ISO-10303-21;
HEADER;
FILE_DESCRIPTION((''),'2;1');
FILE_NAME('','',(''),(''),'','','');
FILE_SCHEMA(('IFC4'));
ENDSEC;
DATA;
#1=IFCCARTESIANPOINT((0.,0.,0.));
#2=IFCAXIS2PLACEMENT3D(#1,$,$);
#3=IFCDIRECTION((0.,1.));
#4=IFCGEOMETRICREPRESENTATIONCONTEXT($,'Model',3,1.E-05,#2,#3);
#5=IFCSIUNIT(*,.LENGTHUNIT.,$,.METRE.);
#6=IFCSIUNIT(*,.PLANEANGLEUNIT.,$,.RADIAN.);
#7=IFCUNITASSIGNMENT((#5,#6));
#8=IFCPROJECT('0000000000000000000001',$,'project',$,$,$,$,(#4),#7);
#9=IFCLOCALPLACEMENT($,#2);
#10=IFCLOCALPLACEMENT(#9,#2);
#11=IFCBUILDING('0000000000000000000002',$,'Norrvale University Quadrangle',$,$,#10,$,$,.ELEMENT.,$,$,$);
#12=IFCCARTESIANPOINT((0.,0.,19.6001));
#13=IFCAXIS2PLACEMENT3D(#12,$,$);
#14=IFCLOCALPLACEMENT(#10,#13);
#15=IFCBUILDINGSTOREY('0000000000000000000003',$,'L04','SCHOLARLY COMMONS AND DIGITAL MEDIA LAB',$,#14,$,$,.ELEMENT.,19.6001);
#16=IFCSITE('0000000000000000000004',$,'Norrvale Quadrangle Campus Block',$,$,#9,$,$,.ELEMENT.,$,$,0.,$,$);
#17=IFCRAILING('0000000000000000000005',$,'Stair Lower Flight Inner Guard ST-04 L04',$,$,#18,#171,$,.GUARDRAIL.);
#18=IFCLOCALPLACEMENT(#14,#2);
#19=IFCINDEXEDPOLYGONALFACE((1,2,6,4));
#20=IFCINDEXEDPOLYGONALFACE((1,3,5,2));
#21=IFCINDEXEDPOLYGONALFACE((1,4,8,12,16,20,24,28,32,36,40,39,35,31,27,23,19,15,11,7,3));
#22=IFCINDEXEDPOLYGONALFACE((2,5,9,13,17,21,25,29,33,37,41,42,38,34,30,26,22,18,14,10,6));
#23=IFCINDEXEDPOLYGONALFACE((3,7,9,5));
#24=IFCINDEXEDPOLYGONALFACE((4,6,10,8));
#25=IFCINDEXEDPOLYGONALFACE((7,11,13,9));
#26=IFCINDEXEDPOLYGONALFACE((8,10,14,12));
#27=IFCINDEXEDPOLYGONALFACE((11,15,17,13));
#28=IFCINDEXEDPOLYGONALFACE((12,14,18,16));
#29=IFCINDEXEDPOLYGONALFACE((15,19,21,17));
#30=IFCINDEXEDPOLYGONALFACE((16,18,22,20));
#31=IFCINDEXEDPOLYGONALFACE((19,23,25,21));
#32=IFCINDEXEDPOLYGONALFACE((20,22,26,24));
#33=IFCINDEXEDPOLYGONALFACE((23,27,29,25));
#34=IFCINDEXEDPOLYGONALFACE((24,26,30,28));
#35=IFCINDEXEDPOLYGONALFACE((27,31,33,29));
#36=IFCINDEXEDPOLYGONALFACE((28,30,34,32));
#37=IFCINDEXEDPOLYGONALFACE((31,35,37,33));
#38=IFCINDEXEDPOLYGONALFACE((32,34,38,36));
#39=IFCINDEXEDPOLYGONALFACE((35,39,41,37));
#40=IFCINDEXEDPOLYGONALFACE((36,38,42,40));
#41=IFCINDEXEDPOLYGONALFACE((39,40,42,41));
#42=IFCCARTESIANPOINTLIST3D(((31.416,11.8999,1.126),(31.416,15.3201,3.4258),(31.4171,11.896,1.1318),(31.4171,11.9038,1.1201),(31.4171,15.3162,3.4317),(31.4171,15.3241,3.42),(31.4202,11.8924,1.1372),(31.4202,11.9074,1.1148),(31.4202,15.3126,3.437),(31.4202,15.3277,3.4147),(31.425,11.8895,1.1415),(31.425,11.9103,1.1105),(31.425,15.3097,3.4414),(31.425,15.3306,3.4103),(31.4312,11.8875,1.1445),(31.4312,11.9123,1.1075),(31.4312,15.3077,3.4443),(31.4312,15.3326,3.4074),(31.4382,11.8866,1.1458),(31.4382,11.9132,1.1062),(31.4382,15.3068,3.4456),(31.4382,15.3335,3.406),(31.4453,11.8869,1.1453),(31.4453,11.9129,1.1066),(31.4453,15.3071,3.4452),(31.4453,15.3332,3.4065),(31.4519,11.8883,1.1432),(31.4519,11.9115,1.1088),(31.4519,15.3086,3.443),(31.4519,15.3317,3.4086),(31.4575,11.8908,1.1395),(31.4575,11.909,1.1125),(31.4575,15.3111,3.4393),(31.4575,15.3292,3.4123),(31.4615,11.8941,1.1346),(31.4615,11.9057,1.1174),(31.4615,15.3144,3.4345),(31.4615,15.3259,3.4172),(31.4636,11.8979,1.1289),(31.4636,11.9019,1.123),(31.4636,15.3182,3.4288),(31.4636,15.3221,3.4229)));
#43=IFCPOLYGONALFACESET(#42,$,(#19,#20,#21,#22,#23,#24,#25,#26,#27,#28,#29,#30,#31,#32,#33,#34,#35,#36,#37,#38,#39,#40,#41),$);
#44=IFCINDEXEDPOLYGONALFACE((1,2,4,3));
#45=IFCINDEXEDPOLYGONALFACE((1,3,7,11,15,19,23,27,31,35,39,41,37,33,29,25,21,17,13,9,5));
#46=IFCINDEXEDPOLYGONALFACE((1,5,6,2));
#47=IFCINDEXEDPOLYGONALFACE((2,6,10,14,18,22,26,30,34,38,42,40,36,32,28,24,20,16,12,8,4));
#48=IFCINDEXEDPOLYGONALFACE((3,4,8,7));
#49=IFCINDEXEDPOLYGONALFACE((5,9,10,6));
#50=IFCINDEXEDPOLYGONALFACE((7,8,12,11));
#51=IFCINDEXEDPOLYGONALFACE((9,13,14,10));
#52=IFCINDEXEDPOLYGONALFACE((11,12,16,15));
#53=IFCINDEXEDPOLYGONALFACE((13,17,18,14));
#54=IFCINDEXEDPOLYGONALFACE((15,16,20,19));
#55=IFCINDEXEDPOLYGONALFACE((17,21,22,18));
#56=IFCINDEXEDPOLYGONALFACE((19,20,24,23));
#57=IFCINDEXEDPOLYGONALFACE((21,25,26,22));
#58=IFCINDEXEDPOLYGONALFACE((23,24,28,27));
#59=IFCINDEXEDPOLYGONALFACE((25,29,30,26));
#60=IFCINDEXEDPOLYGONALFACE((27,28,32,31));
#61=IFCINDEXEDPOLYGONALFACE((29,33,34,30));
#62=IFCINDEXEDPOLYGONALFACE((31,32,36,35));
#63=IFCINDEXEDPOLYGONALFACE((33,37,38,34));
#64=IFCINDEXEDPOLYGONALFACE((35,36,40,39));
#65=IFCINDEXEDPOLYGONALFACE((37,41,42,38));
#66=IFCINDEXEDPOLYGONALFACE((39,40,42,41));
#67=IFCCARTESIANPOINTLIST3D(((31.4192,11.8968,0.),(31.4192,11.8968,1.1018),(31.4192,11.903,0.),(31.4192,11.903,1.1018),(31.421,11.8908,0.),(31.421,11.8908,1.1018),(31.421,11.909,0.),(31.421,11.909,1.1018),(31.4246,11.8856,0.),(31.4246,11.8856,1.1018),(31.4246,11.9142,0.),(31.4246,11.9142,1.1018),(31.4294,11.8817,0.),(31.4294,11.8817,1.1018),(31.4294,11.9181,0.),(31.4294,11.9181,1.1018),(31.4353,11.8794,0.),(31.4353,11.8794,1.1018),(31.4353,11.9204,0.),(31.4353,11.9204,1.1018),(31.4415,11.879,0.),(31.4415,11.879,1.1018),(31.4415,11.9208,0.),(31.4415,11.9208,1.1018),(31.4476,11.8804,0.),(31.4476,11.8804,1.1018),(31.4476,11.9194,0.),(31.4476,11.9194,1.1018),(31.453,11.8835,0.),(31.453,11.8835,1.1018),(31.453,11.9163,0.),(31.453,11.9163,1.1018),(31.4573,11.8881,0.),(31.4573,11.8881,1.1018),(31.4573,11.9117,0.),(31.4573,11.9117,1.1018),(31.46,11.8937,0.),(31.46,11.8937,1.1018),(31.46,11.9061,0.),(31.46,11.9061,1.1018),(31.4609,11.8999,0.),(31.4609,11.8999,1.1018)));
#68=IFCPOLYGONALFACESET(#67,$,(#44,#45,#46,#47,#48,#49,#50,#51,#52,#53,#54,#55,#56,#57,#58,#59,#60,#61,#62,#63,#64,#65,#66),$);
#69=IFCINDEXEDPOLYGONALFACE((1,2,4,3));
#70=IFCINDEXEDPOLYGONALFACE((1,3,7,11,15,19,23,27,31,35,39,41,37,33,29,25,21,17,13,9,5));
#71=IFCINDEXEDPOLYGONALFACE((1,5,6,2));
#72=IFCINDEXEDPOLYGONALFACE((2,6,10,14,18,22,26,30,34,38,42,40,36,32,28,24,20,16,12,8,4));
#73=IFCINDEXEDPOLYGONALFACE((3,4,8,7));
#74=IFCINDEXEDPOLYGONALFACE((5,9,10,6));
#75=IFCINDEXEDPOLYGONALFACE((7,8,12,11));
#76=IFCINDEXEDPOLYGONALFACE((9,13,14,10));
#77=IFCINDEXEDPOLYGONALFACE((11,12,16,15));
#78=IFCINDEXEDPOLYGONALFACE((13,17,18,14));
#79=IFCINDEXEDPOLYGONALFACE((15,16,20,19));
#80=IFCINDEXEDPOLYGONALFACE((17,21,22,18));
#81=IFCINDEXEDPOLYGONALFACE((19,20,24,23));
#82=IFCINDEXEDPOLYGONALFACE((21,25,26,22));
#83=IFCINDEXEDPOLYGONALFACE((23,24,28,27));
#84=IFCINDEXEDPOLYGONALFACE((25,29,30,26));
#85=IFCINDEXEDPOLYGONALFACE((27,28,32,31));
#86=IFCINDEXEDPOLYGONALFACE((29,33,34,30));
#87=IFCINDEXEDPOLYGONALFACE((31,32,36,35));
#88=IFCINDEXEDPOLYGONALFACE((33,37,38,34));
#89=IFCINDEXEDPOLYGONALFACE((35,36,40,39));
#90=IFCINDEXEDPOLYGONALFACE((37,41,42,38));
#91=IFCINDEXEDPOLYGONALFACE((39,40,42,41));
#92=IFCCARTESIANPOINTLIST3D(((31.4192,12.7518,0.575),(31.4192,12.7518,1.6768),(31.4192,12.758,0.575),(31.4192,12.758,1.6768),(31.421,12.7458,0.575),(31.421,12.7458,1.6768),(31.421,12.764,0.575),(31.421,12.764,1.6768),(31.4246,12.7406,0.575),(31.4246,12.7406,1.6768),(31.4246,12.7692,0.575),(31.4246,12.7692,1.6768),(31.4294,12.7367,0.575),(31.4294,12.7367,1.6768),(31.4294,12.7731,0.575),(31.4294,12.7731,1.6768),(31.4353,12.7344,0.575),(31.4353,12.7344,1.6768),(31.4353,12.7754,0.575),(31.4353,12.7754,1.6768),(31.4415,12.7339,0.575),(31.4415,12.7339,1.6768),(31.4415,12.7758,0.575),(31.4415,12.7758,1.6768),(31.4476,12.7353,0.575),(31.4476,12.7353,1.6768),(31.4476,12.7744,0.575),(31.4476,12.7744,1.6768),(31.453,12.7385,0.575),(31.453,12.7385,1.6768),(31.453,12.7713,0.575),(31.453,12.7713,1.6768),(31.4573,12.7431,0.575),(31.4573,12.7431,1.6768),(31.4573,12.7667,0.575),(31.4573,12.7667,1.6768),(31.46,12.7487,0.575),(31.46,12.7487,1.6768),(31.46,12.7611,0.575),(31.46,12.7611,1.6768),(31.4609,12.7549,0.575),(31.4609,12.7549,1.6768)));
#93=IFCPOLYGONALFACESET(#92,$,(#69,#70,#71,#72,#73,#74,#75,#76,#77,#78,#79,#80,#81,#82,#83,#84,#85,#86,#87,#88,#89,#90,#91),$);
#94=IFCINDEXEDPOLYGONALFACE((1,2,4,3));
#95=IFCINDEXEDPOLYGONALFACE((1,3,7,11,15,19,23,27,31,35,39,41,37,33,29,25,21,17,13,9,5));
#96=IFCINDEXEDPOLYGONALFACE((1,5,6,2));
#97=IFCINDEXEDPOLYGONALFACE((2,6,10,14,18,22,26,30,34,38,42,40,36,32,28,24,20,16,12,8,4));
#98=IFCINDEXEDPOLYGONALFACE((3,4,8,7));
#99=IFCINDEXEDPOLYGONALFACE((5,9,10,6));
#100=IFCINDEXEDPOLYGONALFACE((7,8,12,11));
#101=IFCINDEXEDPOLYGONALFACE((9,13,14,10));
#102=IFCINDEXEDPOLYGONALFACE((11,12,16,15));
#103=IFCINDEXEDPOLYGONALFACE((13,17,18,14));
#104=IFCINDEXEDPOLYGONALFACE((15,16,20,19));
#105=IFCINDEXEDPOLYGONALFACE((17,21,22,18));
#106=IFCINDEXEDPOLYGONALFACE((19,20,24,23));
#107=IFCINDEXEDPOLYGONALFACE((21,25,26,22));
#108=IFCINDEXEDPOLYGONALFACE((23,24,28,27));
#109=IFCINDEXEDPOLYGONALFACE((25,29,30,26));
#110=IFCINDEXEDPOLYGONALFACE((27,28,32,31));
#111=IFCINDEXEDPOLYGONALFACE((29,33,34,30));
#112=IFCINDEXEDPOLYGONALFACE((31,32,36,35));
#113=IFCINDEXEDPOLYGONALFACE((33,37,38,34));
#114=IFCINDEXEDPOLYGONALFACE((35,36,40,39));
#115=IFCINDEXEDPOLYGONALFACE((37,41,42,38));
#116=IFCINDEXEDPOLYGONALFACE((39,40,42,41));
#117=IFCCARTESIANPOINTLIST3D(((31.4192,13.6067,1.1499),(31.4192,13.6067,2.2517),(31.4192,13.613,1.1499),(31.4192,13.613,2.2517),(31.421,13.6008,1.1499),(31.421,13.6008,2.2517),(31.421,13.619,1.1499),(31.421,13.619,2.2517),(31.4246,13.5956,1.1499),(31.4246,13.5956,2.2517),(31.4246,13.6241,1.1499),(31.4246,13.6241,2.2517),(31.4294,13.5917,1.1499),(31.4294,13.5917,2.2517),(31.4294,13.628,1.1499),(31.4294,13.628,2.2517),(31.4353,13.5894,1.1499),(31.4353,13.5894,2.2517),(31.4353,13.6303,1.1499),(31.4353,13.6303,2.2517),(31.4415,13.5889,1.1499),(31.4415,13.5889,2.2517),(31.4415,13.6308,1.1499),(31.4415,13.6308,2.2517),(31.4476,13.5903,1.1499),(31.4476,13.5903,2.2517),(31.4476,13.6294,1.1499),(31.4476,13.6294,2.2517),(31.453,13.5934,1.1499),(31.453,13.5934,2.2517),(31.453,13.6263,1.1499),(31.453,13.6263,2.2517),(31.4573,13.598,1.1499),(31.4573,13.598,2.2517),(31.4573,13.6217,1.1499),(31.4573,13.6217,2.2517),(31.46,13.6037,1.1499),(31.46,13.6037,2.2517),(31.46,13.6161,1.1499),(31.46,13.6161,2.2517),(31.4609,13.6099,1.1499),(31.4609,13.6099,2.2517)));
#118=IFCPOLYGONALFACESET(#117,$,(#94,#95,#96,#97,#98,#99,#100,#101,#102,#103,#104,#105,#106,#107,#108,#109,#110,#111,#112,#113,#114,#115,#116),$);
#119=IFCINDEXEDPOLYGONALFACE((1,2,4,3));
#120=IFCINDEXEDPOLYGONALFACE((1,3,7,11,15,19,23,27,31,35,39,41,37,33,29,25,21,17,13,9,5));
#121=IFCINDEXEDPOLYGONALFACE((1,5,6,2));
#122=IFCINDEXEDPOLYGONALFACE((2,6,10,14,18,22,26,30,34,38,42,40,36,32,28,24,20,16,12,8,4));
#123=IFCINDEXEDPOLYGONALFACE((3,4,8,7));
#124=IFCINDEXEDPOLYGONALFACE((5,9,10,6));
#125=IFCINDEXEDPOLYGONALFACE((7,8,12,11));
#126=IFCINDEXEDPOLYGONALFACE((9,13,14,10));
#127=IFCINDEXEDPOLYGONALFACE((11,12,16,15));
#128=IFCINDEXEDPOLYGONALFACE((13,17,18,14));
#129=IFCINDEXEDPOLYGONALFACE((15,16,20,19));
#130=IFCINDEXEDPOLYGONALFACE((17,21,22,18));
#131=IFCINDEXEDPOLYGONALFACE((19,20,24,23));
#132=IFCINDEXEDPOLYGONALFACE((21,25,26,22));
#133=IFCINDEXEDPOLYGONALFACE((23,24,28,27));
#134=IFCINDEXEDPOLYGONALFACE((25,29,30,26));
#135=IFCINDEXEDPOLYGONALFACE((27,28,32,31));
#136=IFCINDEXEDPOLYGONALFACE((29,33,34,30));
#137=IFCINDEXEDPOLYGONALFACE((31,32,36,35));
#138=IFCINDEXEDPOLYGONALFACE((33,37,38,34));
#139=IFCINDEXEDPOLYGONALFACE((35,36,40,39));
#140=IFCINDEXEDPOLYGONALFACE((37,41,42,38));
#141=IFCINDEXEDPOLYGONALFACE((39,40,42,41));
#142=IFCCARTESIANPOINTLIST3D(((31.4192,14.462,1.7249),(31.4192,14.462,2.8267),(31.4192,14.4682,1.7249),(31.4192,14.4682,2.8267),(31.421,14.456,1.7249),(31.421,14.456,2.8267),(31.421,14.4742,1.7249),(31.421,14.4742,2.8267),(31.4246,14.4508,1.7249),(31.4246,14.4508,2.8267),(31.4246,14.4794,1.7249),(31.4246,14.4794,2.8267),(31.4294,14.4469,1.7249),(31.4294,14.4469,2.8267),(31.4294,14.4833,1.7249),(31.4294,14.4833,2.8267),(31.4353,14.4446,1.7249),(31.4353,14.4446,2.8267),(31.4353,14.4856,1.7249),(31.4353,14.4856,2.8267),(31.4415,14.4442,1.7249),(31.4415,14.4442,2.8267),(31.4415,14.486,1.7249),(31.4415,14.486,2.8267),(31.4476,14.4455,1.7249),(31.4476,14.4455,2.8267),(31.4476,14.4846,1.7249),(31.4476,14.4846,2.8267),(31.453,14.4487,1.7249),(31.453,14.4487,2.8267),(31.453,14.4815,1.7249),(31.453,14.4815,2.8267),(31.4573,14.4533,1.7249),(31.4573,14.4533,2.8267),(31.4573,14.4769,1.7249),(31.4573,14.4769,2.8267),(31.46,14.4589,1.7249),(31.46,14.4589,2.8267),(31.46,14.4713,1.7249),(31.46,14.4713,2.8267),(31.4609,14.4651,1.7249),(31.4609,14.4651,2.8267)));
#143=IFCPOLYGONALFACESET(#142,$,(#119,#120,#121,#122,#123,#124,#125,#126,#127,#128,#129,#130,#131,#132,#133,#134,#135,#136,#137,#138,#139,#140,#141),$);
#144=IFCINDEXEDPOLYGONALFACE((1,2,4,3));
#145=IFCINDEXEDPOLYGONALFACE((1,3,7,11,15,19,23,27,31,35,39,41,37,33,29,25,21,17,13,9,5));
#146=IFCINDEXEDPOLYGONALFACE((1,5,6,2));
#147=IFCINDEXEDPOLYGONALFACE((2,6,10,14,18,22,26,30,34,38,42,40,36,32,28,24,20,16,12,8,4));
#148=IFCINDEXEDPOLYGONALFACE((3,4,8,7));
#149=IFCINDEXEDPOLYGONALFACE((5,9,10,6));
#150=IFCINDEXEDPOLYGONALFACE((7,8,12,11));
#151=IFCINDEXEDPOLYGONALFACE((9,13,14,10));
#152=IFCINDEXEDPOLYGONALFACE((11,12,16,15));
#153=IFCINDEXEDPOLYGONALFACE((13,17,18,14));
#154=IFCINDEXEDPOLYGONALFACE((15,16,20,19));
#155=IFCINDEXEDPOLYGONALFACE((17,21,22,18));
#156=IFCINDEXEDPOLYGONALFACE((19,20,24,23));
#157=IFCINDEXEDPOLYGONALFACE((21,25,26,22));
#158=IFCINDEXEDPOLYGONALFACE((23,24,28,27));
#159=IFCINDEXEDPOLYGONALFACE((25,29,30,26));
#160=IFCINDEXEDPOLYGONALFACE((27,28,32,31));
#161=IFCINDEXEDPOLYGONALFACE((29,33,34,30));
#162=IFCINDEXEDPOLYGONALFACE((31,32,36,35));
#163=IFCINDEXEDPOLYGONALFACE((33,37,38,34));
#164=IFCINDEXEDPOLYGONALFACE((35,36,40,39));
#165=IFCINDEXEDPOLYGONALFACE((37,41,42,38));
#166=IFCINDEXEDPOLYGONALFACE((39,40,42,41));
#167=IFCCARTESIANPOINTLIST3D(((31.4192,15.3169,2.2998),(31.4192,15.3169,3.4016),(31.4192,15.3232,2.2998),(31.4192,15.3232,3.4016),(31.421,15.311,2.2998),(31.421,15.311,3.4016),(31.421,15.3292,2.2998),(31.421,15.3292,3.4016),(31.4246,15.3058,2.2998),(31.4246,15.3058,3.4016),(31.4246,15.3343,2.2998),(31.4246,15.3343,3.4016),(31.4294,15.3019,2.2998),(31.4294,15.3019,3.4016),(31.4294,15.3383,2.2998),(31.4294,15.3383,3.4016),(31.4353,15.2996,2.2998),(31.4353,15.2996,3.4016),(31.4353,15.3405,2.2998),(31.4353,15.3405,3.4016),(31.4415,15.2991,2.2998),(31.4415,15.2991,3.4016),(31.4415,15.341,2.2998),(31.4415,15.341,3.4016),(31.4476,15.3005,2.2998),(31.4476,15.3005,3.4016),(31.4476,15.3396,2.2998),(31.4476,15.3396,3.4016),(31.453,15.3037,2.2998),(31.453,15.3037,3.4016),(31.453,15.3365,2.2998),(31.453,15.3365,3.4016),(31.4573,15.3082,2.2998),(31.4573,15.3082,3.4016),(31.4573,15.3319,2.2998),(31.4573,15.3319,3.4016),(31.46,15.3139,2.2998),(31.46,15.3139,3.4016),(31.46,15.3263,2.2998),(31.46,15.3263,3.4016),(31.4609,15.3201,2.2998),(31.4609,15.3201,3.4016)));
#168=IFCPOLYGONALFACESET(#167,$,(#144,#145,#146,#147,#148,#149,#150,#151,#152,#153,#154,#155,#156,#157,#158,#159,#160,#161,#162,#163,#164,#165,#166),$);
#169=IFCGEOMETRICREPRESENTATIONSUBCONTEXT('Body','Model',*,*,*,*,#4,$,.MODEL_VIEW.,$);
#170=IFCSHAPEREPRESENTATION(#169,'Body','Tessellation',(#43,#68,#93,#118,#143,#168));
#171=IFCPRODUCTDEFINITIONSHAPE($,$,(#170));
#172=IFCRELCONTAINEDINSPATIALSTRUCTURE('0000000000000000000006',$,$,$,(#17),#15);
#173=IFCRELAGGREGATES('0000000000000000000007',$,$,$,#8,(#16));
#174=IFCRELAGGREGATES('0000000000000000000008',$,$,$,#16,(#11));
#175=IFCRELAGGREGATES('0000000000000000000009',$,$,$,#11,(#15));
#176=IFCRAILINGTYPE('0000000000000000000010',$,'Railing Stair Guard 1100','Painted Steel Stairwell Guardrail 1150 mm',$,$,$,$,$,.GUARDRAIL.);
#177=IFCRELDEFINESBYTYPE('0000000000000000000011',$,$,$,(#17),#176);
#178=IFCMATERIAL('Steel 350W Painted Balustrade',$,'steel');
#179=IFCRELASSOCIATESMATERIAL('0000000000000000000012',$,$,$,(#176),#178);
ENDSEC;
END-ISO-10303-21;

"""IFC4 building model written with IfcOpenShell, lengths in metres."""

from ifc_helpers import new_model, si_unit, direction, frame, origin, origin_2d, place, context, subcontext, project, spatial, circle, extrude, material, type_object, element, save


model = new_model("IFC4")

# Units and contexts
model_context = context("Model", 3, precision=1e-05, world=origin(), true_north=direction((0.0, 1.0)))
body_context = subcontext(model_context, "Body", "Model", "MODEL_VIEW")
ifc_project = project(units=[si_unit("LENGTHUNIT", "METRE"), si_unit("PLANEANGLEUNIT", "RADIAN")], contexts=[model_context])

# Site, building, storey
site_placement = place(None, origin())
site = spatial("IfcSite", under=ifc_project, at=site_placement, Name="Norrvale Quadrangle Campus Block", CompositionType="ELEMENT", RefElevation=0.0)
building_placement = place(site_placement, origin())
building = spatial("IfcBuilding", under=site, at=building_placement, Name="Norrvale University Quadrangle", CompositionType="ELEMENT")
storey_placement = place(building_placement, frame((0.0, 0.0, 19.6001)))
storey = spatial("IfcBuildingStorey", under=building, at=storey_placement, Name="L04", Description="SCHOLARLY COMMONS AND DIGITAL MEDIA LAB", CompositionType="ELEMENT", Elevation=19.6001)

# Railing
ifc_material_1 = material(Name="Steel 350W Painted Balustrade", Category="steel")
railing_type_1 = type_object("IfcRailingType", Name="Railing Stair Guard 1100", Description="Painted Steel Stairwell Guardrail 1150 mm", PredefinedType="GUARDRAIL", material=ifc_material_1)
railing_1_placement = place(storey_placement, frame((31.4399, 11.8999, 0.0)))
element("IfcRailing", 1, at=railing_1_placement, inside=storey, type_object=railing_type_1, Name="Stair Lower Flight Inner Guard ST-04 L04", PredefinedType="GUARDRAIL", context=body_context, shape_type="SweptSolid", body=[
    extrude(circle(Radius=0.0239, at=origin_2d()), frame((0.0, 0.0, 1.126), z_axis=(0.0, 0.829838, 0.558004), x_axis=(-1.0, 0.0, 0.0)), (0.0, 0.0, 1.0), 4.1216),
    extrude(circle(Radius=0.021, at=origin_2d()), origin(), (0.0, 0.0, 1.0), 1.1018),
    extrude(circle(Radius=0.021, at=origin_2d()), frame((0.0, 0.855, 0.575)), (0.0, 0.0, 1.0), 1.1018),
    extrude(circle(Radius=0.021, at=origin_2d()), frame((0.0, 1.71, 1.1499)), (0.0, 0.0, 1.0), 1.1018),
    extrude(circle(Radius=0.021, at=origin_2d()), frame((0.0, 2.5652, 1.7249)), (0.0, 0.0, 1.0), 1.1018),
    extrude(circle(Radius=0.021, at=origin_2d()), frame((0.0, 3.4202, 2.2998)), (0.0, 0.0, 1.0), 1.1018),
])

save(model, "model.ifc")
